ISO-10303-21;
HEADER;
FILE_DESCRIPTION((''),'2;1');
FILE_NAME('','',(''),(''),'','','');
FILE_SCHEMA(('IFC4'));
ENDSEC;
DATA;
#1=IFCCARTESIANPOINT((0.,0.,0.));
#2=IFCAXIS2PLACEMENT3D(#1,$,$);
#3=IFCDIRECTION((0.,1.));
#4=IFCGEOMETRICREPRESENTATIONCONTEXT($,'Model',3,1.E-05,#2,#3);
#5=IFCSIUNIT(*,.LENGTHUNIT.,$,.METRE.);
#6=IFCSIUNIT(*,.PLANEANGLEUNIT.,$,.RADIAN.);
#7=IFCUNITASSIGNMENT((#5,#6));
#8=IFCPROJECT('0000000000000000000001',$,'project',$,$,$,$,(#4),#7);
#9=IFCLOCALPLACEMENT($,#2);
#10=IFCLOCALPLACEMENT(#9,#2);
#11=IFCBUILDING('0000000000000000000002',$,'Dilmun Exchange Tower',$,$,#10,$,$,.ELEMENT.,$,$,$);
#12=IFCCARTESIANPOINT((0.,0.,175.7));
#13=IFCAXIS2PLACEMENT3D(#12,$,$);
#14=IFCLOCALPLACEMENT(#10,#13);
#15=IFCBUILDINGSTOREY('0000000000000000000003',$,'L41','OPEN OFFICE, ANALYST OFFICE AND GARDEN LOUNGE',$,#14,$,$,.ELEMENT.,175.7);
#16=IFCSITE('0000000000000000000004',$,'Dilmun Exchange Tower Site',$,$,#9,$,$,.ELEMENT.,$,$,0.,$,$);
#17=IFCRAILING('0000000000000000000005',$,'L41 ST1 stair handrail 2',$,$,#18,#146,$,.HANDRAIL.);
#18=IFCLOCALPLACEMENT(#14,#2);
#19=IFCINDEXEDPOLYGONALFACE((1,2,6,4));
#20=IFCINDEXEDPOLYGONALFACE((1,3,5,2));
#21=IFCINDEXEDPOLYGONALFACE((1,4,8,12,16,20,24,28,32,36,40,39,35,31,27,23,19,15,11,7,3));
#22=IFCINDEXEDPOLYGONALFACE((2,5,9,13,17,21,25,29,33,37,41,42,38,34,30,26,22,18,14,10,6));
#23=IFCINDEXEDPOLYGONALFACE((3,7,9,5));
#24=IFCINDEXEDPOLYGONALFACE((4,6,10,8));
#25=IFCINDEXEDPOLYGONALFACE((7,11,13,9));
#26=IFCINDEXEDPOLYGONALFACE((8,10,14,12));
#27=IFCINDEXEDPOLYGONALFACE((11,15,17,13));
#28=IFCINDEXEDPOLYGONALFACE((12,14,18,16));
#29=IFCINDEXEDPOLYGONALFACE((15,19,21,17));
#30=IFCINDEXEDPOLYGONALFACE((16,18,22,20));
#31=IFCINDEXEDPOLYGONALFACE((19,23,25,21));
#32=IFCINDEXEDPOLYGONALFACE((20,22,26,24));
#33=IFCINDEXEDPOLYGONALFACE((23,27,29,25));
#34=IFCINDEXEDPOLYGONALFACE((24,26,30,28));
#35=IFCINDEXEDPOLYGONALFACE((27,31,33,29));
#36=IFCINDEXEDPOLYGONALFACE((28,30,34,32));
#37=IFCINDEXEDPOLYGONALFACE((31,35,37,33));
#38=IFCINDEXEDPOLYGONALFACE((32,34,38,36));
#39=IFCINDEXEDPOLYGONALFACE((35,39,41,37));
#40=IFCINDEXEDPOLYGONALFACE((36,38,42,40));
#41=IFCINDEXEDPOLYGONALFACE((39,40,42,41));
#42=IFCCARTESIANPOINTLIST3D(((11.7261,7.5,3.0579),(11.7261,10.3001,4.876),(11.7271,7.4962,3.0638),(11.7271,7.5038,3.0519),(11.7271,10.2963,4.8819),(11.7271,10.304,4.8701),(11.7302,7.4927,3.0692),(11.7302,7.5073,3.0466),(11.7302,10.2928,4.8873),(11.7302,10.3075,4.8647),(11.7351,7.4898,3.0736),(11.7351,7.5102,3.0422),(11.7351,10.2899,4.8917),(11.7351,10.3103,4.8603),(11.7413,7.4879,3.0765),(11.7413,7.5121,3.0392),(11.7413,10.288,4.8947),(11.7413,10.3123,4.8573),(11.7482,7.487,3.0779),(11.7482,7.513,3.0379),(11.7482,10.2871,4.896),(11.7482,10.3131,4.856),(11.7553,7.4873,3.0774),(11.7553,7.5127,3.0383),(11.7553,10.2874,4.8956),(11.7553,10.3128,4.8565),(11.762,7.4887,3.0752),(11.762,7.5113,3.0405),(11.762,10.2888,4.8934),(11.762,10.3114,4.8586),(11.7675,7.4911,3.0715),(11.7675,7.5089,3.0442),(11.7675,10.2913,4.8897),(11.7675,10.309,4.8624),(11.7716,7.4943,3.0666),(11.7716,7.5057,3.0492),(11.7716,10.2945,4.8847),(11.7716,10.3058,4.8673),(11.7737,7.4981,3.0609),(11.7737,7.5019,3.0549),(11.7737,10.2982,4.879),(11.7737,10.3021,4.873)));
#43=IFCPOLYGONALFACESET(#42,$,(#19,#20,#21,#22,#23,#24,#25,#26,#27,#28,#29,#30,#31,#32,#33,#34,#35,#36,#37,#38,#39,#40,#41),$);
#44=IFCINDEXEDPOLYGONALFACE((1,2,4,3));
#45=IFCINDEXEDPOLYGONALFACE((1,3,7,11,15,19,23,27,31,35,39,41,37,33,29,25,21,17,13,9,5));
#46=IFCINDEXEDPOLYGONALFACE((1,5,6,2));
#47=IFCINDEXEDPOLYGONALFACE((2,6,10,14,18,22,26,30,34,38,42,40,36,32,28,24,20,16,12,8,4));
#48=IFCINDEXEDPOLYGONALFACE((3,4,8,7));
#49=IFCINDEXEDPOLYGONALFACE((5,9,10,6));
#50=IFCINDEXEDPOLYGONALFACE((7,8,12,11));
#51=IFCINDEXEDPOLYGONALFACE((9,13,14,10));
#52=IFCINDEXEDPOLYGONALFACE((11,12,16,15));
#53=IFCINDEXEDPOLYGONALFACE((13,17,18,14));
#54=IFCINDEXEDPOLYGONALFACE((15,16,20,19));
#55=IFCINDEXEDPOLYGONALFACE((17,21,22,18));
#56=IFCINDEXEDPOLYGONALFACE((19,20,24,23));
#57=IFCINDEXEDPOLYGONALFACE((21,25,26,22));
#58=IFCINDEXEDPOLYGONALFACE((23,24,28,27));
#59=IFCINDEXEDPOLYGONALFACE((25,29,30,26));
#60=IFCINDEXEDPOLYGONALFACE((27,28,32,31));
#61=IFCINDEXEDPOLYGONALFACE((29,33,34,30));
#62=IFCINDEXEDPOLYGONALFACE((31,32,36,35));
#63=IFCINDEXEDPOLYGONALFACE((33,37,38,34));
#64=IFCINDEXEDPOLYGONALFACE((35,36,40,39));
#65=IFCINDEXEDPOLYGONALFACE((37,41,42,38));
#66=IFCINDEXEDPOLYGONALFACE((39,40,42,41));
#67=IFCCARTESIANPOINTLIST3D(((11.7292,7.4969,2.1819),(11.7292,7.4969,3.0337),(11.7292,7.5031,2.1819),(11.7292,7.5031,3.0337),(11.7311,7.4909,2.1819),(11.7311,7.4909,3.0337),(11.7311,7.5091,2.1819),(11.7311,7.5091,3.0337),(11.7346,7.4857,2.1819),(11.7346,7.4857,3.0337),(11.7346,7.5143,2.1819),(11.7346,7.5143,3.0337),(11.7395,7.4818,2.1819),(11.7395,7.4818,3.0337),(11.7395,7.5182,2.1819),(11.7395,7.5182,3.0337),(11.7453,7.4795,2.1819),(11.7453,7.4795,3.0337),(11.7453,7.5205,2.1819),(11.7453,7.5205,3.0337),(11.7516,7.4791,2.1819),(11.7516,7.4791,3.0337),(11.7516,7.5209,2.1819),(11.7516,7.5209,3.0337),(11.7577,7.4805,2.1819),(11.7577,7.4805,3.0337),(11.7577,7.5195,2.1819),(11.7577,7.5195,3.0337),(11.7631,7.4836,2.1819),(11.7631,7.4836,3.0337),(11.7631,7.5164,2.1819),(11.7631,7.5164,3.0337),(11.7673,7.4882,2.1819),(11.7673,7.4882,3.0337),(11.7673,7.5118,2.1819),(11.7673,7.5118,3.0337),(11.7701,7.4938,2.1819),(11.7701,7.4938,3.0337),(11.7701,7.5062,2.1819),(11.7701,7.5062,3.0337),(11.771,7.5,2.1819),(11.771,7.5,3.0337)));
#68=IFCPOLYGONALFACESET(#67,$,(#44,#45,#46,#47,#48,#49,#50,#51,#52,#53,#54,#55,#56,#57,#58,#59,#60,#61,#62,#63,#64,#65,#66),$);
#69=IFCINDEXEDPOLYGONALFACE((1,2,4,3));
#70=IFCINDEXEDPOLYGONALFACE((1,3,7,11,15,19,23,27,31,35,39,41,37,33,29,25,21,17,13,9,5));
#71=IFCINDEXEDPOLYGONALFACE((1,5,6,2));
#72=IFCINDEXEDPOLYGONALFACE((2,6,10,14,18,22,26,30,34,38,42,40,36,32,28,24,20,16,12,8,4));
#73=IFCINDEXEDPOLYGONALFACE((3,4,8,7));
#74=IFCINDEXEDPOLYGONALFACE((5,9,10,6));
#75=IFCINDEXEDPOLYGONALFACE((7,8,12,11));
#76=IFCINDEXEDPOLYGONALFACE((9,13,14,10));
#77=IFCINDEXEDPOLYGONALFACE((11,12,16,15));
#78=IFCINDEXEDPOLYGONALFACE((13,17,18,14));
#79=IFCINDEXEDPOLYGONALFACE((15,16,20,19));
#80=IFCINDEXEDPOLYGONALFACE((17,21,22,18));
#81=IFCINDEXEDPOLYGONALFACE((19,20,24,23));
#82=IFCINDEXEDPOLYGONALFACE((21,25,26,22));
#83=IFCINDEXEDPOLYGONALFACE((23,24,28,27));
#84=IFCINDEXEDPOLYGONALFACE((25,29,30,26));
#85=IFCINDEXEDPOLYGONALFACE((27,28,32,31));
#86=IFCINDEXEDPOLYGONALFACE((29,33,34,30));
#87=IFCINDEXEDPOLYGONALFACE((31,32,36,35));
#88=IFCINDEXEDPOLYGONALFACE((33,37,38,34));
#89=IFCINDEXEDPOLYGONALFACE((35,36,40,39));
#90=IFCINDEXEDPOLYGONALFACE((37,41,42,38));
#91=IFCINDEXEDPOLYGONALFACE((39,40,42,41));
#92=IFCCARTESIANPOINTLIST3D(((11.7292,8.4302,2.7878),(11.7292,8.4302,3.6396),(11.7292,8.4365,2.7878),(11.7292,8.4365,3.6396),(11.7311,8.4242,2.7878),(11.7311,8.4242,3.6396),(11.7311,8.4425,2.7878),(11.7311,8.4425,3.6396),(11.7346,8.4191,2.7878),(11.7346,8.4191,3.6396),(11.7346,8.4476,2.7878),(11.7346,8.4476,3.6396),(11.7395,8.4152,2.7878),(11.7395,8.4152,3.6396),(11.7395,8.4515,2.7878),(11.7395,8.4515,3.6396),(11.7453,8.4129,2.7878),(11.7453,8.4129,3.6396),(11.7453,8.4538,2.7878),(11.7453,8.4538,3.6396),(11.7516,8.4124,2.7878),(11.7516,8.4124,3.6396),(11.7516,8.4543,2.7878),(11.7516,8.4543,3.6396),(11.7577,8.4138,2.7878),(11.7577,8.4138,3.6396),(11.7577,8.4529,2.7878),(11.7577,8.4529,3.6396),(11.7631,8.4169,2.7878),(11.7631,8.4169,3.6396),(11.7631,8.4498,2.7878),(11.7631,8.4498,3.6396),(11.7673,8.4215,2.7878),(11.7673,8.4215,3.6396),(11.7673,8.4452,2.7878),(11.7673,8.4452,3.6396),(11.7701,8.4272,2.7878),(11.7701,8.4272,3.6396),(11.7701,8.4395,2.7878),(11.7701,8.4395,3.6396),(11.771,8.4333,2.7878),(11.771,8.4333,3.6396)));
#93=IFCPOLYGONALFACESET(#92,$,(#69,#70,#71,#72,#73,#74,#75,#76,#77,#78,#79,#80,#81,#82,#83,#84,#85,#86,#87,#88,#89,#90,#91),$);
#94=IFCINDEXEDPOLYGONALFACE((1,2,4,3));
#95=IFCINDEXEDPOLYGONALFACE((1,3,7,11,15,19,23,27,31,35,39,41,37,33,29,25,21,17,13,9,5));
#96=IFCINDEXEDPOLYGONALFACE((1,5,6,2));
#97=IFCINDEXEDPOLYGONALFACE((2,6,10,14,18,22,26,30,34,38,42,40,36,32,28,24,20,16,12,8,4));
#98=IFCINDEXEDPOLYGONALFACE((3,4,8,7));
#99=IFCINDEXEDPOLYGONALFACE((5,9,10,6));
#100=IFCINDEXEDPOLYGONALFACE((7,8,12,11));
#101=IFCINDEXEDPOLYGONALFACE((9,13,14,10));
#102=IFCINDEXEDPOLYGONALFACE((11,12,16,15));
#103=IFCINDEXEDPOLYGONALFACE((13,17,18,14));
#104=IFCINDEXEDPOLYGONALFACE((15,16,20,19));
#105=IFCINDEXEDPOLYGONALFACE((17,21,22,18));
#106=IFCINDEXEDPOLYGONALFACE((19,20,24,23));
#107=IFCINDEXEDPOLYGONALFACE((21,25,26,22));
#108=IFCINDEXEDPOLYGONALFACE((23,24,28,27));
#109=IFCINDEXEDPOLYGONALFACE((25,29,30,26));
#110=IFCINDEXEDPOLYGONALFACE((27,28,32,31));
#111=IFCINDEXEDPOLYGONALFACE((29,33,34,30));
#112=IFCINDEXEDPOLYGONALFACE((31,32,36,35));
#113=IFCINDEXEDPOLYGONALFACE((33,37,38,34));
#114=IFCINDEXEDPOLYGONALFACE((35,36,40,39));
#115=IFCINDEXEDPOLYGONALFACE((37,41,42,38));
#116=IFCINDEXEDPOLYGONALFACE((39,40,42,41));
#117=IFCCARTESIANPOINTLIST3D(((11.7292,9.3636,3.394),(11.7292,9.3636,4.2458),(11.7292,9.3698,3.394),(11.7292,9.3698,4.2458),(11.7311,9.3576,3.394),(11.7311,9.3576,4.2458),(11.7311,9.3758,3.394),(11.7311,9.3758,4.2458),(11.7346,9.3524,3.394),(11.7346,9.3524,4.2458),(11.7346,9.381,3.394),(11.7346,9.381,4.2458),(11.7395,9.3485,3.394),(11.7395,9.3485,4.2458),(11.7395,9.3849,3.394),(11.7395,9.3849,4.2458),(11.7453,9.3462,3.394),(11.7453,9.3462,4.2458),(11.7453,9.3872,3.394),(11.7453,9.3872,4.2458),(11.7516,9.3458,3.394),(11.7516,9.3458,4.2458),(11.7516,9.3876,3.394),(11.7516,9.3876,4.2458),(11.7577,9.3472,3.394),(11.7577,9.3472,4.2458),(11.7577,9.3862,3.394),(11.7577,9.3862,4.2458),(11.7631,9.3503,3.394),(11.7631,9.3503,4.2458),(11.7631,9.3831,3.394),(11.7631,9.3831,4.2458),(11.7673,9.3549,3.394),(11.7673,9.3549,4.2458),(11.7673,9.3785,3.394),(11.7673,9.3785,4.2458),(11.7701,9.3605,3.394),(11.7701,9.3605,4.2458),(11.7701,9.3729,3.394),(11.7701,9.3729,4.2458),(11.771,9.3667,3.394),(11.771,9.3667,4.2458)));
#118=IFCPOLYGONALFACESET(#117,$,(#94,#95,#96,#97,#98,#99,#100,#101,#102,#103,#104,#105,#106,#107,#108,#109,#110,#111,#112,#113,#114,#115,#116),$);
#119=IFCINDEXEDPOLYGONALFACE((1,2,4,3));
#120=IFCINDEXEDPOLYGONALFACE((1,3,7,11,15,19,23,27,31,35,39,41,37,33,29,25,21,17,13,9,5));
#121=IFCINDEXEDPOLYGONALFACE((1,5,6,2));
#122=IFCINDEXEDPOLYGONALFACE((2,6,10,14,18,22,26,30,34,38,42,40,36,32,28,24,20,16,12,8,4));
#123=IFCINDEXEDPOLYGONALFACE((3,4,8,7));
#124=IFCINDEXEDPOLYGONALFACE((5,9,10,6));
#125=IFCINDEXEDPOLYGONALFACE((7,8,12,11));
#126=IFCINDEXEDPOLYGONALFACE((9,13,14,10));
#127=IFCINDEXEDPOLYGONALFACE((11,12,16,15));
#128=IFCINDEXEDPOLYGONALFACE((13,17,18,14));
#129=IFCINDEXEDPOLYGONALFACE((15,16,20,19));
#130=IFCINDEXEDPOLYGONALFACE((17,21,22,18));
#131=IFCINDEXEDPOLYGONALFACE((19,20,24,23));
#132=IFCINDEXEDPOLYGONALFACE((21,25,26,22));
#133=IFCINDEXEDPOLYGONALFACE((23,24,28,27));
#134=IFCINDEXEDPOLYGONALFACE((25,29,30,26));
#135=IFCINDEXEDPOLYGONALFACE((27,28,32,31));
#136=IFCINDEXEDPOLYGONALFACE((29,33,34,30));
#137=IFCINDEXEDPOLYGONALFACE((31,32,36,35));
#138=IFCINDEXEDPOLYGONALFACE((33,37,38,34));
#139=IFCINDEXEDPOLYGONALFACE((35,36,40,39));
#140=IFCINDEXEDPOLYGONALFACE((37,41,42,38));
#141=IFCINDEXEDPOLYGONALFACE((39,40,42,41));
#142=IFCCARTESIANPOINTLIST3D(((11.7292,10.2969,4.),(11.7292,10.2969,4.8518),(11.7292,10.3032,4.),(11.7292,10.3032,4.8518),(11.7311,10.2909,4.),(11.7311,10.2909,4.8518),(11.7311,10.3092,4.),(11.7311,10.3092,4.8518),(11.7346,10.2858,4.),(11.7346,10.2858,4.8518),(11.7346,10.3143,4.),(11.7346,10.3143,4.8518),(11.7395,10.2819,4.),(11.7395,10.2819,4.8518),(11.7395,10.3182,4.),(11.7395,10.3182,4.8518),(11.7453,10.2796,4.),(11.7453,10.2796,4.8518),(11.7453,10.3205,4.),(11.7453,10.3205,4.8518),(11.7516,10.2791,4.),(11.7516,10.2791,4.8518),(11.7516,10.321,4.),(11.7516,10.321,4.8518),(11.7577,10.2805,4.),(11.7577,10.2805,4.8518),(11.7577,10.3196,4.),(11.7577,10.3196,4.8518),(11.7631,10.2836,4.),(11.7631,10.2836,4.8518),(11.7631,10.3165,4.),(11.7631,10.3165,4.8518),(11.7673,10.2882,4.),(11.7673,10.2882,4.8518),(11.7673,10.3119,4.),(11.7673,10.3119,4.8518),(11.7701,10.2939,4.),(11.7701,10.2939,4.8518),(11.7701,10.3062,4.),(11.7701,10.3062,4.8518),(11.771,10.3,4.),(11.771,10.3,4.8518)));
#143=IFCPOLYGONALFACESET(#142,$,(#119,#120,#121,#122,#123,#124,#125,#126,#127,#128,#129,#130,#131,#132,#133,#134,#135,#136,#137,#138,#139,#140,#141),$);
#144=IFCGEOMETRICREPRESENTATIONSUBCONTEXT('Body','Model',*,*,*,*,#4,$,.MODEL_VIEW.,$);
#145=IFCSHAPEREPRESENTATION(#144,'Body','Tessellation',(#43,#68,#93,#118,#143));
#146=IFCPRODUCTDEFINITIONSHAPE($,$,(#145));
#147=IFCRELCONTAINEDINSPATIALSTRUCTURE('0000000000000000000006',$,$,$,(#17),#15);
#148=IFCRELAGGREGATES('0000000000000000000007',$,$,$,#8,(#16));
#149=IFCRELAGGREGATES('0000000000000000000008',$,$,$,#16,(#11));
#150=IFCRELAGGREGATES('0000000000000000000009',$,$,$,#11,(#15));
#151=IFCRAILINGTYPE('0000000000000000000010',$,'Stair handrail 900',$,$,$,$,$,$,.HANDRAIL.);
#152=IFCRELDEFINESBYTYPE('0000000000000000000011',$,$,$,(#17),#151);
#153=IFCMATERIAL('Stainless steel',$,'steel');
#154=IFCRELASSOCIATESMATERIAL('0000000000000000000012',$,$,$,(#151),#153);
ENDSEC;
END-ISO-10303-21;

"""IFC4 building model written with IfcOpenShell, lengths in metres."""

from ifc_helpers import new_model, si_unit, direction, frame, origin, origin_2d, place, context, subcontext, project, spatial, circle, extrude, material, type_object, element, save


model = new_model("IFC4")

# Units and contexts
model_context = context("Model", 3, precision=1e-05, world=origin(), true_north=direction((0.0, 1.0)))
body_context = subcontext(model_context, "Body", "Model", "MODEL_VIEW")
ifc_project = project(units=[si_unit("LENGTHUNIT", "METRE"), si_unit("PLANEANGLEUNIT", "RADIAN")], contexts=[model_context])

# Site, building, storey
site_placement = place(None, origin())
site = spatial("IfcSite", under=ifc_project, at=site_placement, Name="Dilmun Exchange Tower Site", CompositionType="ELEMENT", RefElevation=0.0)
building_placement = place(site_placement, origin())
building = spatial("IfcBuilding", under=site, at=building_placement, Name="Dilmun Exchange Tower", CompositionType="ELEMENT")
storey_placement = place(building_placement, frame((0.0, 0.0, 175.7)))
storey = spatial("IfcBuildingStorey", under=building, at=storey_placement, Name="L41", Description="OPEN OFFICE, ANALYST OFFICE AND GARDEN LOUNGE", CompositionType="ELEMENT", Elevation=175.7)

# Railing
ifc_material_1 = material(Name="Stainless steel", Category="steel")
railing_type = type_object("IfcRailingType", Name="Stair handrail 900", PredefinedType="HANDRAIL", material=ifc_material_1)
railing_1_placement = place(storey_placement, frame((11.75, 7.5, 2.1819)))
element("IfcRailing", 1, at=railing_1_placement, inside=storey, type_object=railing_type, Name="L41 ST1 stair handrail 2", PredefinedType="HANDRAIL", context=body_context, shape_type="SweptSolid", body=[
    extrude(circle(Radius=0.0239, at=origin_2d()), frame((0.0, 0.0, 0.876), z_axis=(0.0, 0.838706, 0.544585), x_axis=(-1.0, 0.0, 0.0)), (0.0, 0.0, 1.0), 3.3386),
    extrude(circle(Radius=0.021, at=origin_2d()), origin(), (0.0, 0.0, 1.0), 0.8518),
    extrude(circle(Radius=0.021, at=origin_2d()), frame((0.0, 0.9333, 0.606)), (0.0, 0.0, 1.0), 0.8518),
    extrude(circle(Radius=0.021, at=origin_2d()), frame((0.0, 1.8667, 1.2122)), (0.0, 0.0, 1.0), 0.8518),
    extrude(circle(Radius=0.021, at=origin_2d()), frame((0.0, 2.8, 1.8181)), (0.0, 0.0, 1.0), 0.8518),
])

save(model, "model.ifc")
